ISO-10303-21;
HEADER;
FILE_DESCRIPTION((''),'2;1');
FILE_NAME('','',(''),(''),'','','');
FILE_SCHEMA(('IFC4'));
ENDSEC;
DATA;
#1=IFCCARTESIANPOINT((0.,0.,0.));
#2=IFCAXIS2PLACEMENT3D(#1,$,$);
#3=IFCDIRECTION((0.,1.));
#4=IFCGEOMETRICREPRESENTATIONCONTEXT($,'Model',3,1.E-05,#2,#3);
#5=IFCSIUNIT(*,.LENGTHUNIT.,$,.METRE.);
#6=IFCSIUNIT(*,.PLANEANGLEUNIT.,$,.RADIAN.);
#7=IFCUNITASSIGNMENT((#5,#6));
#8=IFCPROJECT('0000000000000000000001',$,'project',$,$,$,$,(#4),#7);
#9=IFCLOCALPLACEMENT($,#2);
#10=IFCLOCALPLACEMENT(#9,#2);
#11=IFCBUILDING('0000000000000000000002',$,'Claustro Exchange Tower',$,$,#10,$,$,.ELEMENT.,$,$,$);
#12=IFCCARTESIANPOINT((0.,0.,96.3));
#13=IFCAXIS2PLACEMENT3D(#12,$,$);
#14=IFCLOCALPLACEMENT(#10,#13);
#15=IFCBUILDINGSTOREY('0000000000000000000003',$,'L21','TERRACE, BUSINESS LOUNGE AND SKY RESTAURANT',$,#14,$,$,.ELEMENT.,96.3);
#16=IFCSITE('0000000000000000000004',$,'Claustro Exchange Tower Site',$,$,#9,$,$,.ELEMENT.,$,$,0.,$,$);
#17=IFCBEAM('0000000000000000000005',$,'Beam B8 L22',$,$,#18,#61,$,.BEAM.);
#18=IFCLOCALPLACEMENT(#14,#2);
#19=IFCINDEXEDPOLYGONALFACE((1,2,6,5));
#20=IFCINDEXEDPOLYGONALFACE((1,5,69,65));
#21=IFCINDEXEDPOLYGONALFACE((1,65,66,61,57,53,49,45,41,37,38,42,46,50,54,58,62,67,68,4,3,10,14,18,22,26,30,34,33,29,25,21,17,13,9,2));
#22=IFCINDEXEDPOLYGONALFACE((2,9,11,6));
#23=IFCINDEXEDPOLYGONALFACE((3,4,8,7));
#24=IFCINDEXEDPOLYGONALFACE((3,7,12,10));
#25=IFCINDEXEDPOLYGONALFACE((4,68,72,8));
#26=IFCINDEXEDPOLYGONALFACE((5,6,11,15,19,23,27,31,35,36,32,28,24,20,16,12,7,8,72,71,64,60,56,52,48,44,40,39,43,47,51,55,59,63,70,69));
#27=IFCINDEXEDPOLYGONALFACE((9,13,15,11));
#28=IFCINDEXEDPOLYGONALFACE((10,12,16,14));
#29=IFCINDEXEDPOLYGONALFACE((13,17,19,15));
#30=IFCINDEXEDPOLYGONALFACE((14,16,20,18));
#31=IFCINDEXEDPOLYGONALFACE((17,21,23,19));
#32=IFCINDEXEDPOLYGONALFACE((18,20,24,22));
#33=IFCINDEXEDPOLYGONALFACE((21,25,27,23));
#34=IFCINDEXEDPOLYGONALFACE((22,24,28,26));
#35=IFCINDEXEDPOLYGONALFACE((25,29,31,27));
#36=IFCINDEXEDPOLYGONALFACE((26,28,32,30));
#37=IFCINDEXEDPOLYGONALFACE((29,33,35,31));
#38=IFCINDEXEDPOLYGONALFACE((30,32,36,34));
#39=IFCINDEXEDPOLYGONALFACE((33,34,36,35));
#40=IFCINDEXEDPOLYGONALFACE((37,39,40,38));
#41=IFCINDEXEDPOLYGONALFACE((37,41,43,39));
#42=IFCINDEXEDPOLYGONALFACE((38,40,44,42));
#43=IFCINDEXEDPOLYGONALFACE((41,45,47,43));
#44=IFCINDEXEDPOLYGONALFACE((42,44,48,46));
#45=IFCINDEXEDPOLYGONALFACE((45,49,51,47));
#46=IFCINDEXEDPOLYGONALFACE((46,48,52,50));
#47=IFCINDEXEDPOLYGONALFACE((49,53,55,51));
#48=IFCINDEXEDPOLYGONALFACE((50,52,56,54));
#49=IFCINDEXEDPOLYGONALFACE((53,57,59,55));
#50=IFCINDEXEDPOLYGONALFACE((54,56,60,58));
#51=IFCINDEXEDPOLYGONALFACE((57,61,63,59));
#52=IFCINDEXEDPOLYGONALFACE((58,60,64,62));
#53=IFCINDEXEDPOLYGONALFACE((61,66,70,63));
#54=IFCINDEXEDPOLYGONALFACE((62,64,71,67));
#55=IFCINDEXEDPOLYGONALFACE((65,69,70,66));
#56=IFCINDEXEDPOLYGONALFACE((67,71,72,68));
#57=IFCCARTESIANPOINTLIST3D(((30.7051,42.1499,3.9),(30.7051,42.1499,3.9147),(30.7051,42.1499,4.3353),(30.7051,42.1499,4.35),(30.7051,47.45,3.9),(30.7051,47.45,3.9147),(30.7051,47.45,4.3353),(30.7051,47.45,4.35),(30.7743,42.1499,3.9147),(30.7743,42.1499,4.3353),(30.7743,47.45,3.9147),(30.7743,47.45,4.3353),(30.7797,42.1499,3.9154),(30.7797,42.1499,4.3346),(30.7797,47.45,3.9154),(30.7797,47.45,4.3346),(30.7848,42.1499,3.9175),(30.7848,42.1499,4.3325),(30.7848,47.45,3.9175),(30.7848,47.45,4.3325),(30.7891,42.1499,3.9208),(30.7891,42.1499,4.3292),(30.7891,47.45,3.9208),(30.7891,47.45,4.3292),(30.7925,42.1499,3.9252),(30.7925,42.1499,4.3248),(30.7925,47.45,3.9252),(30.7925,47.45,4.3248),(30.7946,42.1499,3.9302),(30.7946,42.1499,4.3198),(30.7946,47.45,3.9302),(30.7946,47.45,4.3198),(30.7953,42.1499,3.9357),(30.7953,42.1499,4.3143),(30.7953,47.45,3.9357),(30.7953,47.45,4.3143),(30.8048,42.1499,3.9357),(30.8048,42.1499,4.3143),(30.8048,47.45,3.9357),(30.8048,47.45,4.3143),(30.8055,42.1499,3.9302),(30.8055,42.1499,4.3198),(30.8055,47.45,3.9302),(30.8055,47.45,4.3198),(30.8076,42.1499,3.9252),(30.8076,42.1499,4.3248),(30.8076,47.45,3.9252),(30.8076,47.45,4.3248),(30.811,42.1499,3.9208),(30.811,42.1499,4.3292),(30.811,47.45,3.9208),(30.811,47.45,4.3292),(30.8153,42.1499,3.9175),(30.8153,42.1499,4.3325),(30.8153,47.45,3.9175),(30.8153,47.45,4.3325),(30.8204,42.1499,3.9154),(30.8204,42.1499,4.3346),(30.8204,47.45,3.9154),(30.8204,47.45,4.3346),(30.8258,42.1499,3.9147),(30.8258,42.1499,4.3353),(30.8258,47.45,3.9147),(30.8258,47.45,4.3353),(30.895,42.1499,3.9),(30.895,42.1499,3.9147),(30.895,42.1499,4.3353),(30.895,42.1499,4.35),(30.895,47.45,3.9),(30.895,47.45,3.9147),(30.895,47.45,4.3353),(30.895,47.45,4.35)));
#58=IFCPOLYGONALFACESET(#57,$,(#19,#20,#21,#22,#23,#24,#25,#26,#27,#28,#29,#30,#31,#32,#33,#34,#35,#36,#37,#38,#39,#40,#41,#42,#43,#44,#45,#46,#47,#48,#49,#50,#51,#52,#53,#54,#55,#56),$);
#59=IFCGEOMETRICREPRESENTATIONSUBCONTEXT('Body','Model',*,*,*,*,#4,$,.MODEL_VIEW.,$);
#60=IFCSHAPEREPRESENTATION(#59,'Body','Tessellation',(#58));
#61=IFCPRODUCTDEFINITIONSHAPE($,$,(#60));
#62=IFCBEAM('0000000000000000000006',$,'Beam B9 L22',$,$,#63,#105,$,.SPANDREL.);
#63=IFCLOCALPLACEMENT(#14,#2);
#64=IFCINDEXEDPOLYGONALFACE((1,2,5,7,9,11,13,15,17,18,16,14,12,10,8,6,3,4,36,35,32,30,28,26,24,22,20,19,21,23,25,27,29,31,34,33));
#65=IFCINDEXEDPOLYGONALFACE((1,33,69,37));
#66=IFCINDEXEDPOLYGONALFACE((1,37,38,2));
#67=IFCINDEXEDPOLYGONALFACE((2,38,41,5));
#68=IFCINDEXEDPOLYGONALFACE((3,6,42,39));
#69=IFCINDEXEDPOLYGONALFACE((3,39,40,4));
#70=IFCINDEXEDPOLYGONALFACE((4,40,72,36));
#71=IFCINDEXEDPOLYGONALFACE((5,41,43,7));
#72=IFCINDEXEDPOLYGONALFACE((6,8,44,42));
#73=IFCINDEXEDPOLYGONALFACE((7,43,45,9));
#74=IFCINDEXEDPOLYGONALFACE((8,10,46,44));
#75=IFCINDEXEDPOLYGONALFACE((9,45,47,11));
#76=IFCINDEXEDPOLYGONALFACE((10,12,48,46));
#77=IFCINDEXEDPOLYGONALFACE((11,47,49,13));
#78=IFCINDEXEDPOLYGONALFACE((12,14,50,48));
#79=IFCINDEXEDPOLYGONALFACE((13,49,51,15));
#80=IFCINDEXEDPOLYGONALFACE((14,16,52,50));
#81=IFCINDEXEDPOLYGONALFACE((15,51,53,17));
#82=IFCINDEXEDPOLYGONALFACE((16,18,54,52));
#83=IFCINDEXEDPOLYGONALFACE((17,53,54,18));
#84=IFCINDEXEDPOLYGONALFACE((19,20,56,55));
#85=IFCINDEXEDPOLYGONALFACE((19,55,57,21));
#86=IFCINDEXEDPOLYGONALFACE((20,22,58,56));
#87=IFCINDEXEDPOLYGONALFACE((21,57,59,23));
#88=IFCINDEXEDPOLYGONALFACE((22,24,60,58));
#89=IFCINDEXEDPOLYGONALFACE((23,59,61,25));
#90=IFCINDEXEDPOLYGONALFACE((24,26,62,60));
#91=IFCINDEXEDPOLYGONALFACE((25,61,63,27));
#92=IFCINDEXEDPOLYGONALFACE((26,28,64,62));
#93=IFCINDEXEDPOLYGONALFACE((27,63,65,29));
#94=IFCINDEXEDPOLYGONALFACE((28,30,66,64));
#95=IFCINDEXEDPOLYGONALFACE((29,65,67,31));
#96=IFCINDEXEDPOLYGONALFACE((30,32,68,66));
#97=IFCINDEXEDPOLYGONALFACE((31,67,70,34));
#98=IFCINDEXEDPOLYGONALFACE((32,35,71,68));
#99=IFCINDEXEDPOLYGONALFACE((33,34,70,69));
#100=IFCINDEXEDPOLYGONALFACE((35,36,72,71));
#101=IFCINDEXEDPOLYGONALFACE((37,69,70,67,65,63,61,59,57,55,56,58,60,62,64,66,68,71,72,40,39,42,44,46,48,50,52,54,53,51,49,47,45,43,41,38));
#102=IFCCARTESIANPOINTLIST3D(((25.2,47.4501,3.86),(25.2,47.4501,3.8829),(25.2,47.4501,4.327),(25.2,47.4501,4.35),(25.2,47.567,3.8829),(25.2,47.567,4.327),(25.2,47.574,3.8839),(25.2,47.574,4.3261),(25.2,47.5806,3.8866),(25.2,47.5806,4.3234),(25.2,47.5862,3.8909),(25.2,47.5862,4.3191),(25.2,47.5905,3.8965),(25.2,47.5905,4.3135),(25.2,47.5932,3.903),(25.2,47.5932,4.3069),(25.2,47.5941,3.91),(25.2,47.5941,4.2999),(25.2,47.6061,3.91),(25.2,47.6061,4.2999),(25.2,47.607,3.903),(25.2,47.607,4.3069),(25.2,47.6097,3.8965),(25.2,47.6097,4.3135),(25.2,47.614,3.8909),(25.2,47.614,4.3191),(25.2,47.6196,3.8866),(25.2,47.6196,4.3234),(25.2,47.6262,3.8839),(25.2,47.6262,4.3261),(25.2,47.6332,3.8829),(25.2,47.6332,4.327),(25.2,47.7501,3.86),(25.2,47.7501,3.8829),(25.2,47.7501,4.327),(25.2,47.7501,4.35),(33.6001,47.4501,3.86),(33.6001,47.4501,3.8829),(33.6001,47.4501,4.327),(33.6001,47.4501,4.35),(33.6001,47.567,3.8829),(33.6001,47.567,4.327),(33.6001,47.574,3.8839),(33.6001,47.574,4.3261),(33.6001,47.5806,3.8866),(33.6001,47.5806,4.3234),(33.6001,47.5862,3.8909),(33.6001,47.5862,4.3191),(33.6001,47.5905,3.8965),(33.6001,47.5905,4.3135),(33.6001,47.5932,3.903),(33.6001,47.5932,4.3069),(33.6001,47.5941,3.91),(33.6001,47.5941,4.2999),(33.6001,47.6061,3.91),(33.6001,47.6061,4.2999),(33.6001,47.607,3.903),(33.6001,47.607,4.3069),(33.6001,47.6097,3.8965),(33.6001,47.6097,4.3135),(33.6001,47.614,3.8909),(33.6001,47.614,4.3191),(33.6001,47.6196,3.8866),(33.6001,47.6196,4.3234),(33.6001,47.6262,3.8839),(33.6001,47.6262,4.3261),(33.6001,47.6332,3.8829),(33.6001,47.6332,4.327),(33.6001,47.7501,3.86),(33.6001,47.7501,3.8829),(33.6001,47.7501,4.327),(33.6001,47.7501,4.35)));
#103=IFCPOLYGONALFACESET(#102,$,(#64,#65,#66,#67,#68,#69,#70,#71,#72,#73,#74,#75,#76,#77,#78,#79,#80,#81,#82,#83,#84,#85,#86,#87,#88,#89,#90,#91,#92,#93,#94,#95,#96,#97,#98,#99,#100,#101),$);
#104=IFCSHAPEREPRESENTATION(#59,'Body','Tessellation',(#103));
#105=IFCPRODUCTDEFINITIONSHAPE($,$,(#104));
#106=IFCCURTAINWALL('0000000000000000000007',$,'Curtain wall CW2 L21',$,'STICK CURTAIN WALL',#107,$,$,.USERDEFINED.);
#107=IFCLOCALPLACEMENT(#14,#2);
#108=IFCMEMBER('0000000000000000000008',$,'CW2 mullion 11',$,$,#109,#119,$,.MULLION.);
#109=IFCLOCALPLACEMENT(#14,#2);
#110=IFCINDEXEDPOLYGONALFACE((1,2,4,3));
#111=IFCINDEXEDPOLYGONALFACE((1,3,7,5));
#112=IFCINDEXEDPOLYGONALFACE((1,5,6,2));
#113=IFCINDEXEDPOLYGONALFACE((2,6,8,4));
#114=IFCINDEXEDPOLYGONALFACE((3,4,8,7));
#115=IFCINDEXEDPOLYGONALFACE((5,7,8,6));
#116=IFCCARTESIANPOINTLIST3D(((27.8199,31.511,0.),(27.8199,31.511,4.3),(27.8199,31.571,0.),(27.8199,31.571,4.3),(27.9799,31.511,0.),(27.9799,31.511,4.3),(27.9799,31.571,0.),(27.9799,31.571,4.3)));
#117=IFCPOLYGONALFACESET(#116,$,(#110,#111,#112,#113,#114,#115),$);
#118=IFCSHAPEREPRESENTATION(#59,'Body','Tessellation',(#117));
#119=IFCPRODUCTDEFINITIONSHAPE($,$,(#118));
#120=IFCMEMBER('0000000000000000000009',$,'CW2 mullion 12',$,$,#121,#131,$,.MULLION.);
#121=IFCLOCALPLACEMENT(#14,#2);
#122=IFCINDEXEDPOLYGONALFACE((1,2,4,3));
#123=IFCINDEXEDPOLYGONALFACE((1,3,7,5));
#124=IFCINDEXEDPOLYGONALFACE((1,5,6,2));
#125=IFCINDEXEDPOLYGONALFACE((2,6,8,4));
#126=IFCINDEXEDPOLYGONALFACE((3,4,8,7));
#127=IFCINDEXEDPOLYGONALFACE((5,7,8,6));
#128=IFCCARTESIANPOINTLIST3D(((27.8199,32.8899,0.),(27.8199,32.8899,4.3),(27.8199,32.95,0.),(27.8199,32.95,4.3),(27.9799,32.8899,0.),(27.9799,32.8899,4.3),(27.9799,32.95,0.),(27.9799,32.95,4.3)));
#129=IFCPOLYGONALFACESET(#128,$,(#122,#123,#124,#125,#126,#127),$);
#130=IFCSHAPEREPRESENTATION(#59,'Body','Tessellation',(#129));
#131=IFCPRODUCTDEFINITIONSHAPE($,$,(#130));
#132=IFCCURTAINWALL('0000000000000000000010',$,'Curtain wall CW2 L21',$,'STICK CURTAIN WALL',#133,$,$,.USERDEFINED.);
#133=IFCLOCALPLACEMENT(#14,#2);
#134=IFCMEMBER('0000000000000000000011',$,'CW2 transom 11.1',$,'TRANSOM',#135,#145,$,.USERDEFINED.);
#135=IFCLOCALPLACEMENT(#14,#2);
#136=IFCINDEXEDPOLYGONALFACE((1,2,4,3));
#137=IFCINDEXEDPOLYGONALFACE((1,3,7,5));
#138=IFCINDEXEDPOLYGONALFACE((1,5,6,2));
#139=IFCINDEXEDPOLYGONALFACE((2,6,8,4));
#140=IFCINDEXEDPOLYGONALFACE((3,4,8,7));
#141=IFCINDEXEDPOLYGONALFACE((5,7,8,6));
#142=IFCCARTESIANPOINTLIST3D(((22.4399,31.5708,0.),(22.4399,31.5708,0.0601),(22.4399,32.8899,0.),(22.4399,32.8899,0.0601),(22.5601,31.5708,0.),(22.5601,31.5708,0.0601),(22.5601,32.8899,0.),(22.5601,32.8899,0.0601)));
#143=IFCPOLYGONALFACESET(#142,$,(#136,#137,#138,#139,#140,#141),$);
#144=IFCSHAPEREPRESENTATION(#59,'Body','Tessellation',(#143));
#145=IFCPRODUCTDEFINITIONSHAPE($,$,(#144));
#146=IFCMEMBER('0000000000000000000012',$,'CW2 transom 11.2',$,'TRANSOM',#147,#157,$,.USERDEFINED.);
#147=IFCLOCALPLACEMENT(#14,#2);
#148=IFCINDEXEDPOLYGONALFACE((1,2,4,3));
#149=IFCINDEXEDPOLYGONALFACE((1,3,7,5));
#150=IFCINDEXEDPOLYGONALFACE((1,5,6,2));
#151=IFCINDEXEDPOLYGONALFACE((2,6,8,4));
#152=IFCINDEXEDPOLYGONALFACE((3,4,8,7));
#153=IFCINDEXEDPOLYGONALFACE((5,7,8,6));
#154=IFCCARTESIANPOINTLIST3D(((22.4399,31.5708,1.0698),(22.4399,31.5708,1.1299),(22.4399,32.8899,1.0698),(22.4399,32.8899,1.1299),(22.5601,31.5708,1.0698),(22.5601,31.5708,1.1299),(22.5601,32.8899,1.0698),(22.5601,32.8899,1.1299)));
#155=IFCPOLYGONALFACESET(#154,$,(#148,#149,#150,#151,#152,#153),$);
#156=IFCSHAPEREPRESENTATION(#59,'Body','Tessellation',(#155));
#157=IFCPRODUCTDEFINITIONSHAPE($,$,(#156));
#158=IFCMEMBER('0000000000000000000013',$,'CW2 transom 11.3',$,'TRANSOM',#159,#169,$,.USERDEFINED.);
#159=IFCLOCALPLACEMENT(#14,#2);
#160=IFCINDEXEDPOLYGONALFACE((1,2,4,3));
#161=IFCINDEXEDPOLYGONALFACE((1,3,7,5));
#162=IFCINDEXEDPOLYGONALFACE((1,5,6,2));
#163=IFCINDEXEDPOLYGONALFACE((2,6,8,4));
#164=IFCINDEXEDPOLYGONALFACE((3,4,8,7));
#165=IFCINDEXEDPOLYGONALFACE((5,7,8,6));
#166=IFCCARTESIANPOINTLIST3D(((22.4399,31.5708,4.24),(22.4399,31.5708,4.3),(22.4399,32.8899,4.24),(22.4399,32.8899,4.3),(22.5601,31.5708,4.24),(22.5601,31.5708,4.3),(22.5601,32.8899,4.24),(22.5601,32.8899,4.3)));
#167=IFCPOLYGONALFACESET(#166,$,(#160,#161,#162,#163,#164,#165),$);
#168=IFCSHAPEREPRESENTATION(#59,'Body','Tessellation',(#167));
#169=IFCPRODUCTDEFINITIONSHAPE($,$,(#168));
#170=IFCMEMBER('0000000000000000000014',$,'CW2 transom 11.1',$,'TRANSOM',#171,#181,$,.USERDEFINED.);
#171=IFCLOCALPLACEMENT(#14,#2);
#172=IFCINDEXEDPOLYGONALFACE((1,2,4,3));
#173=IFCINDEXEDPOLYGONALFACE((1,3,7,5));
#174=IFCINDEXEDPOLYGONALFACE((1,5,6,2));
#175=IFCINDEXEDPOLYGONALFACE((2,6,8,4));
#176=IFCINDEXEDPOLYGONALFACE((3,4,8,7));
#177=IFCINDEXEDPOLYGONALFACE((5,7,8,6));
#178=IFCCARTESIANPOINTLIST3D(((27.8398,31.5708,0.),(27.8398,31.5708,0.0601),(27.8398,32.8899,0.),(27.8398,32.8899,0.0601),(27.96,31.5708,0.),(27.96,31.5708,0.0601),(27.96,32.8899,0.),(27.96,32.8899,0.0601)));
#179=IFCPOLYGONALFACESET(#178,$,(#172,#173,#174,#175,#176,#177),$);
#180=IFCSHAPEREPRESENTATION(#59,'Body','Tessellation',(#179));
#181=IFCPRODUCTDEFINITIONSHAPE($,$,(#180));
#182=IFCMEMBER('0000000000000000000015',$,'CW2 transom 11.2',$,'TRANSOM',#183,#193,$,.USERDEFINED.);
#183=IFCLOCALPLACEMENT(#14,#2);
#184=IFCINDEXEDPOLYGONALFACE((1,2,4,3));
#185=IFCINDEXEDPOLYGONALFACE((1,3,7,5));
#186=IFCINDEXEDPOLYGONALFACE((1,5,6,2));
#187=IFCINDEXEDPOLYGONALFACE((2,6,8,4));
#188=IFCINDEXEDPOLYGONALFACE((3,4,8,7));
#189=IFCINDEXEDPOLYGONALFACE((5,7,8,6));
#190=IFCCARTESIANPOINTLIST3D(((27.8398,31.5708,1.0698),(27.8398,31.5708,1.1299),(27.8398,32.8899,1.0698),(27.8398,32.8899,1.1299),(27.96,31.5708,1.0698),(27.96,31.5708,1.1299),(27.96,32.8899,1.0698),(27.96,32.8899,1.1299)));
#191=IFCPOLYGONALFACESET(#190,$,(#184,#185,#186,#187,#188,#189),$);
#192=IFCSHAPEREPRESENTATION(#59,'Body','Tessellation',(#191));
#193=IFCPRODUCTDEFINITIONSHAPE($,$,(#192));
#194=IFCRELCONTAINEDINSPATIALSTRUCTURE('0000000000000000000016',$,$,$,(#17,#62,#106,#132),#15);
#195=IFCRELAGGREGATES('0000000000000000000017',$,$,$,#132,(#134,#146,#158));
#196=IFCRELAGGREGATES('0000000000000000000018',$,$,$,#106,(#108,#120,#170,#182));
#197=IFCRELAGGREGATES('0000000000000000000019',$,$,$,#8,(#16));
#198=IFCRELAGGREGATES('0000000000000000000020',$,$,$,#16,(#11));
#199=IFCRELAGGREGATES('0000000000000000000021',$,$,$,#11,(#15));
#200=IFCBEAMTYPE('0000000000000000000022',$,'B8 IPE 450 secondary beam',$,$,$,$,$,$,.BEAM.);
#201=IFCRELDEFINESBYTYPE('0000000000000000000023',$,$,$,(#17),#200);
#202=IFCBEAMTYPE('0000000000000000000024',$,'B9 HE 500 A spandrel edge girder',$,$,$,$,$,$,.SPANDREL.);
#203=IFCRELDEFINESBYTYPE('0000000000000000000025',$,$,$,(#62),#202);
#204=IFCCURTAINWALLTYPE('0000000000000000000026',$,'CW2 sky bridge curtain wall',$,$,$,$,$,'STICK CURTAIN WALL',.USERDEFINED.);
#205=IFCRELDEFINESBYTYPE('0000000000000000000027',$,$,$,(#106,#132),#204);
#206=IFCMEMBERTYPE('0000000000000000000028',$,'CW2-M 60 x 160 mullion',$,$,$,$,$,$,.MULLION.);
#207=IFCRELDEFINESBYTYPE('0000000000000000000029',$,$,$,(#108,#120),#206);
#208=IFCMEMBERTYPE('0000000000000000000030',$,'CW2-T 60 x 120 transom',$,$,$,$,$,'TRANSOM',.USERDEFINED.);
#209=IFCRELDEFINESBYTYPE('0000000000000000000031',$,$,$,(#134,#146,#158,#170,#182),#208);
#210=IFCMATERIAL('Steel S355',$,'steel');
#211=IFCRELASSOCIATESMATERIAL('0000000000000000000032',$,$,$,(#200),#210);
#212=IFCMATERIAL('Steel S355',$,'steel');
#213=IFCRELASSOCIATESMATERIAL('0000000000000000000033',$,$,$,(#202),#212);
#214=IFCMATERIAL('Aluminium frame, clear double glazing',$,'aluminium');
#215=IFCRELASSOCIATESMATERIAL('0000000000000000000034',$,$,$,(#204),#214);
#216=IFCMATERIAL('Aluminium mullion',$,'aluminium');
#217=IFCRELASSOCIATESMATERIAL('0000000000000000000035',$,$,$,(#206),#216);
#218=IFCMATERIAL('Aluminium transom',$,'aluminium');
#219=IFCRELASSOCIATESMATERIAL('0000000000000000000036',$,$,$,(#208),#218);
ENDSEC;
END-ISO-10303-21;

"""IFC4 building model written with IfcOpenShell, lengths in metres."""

from ifc_helpers import new_model, si_unit, direction, frame, origin, origin_2d, place, context, subcontext, project, spatial, rectangle, i_section, extrude, material, material_profile, profile_set, type_object, element, aggregate, save


model = new_model("IFC4")

# Units and contexts
model_context = context("Model", 3, precision=1e-05, world=origin(), true_north=direction((0.0, 1.0)))
body_context = subcontext(model_context, "Body", "Model", "MODEL_VIEW")
ifc_project = project(units=[si_unit("LENGTHUNIT", "METRE"), si_unit("PLANEANGLEUNIT", "RADIAN")], contexts=[model_context])

# Site, building, storey
site_placement = place(None, origin())
site = spatial("IfcSite", under=ifc_project, at=site_placement, Name="Claustro Exchange Tower Site", CompositionType="ELEMENT", RefElevation=0.0)
building_placement = place(site_placement, origin())
building = spatial("IfcBuilding", under=site, at=building_placement, Name="Claustro Exchange Tower", CompositionType="ELEMENT")
storey_placement = place(building_placement, frame((0.0, 0.0, 96.3)))
storey = spatial("IfcBuildingStorey", under=building, at=storey_placement, Name="L21", Description="TERRACE, BUSINESS LOUNGE AND SKY RESTAURANT", CompositionType="ELEMENT", Elevation=96.3)

# Beams
ifc_material_1 = material(Name="Steel S355", Category="steel")
ifc_material_profile_1 = material_profile(ifc_material_1, i_section(OverallWidth=0.1899, OverallDepth=0.45, WebThickness=0.0095, FlangeThickness=0.0146, FilletRadius=0.021, at=origin_2d()), Name="IPE 450")
ifc_profile_set_1 = profile_set([ifc_material_profile_1], Name="Steel S355")
beam_type_1 = type_object("IfcBeamType", Name="B8 IPE 450 secondary beam", PredefinedType="BEAM", material=ifc_profile_set_1)
for number, where, z_axis, x_axis, name in (
    (1, (30.8, 42.1499, 4.125), (0.0, 1.0, 0.0), (-1.0, 0.0, 0.0), "Beam B8 L22"),
):
    element("IfcBeam", number, at=place(storey_placement, frame(where, z_axis=z_axis, x_axis=x_axis)), inside=storey, type_object=beam_type_1, Name=name, PredefinedType="BEAM", context=body_context, shape_type="SweptSolid", body=[
        extrude(i_section(OverallWidth=0.1899, OverallDepth=0.45, WebThickness=0.0095, FlangeThickness=0.0146, FilletRadius=0.021, at=origin_2d()), origin(), (0.0, 0.0, 1.0), 5.3),
    ])
ifc_material_2 = material(Name="Steel S355", Category="steel")
ifc_material_profile_2 = material_profile(ifc_material_2, i_section(OverallWidth=0.3, OverallDepth=0.49, WebThickness=0.012, FlangeThickness=0.0229, FilletRadius=0.0271, at=origin_2d()), Name="HE 500 A")
ifc_profile_set_2 = profile_set([ifc_material_profile_2], Name="Steel S355")
beam_type_2 = type_object("IfcBeamType", Name="B9 HE 500 A spandrel edge girder", PredefinedType="SPANDREL", material=ifc_profile_set_2)
beam_1_placement = place(storey_placement, frame((25.2, 47.6001, 4.105), z_axis=(1.0, 0.0, 0.0), x_axis=(0.0, 1.0, 0.0)))
element("IfcBeam", 2, at=beam_1_placement, inside=storey, type_object=beam_type_2, Name="Beam B9 L22", PredefinedType="SPANDREL", context=body_context, shape_type="SweptSolid", body=[
    extrude(i_section(OverallWidth=0.3, OverallDepth=0.49, WebThickness=0.012, FlangeThickness=0.0229, FilletRadius=0.0271, at=origin_2d()), origin(), (0.0, 0.0, 1.0), 8.4001),
])

# Curtain walls, members
ifc_material_3 = material(Name="Aluminium frame, clear double glazing", Category="aluminium")
curtain_wall_type = type_object("IfcCurtainWallType", Name="CW2 sky bridge curtain wall", ElementType="STICK CURTAIN WALL", PredefinedType="USERDEFINED", material=ifc_material_3)
curtain_wall_1_placement = place(storey_placement, origin())
curtain_wall_1 = element("IfcCurtainWall", 3, at=curtain_wall_1_placement, inside=storey, type_object=curtain_wall_type, Name="Curtain wall CW2 L21", ObjectType="STICK CURTAIN WALL", PredefinedType="USERDEFINED")
ifc_material_4 = material(Name="Aluminium mullion", Category="aluminium")
ifc_material_profile_3 = material_profile(ifc_material_4, rectangle(XDim=0.1599, YDim=0.0601, at=origin_2d()), Name="CW2-M 60x160")
ifc_profile_set_3 = profile_set([ifc_material_profile_3], Name="Aluminium mullion")
member_type_1 = type_object("IfcMemberType", Name="CW2-M 60 x 160 mullion", PredefinedType="MULLION", material=ifc_profile_set_3)
member_1_placement = place(storey_placement, frame((27.8999, 31.541, 0.0), z_axis=(0.0, 0.0, 1.0), x_axis=(-1.0, 0.0, 0.0)))
member_1 = element("IfcMember", 4, at=member_1_placement, type_object=member_type_1, Name="CW2 mullion 11", PredefinedType="MULLION", context=body_context, shape_type="SweptSolid", body=[
    extrude(rectangle(XDim=0.1599, YDim=0.0601, at=origin_2d()), origin(), (0.0, 0.0, 1.0), 4.3),
])
member_2_placement = place(storey_placement, frame((27.8999, 32.9199, 0.0), z_axis=(0.0, 0.0, 1.0), x_axis=(-1.0, 0.0, 0.0)))
member_2 = element("IfcMember", 5, at=member_2_placement, type_object=member_type_1, Name="CW2 mullion 12", PredefinedType="MULLION", context=body_context, shape_type="SweptSolid", body=[
    extrude(rectangle(XDim=0.1599, YDim=0.0601, at=origin_2d()), origin(), (0.0, 0.0, 1.0), 4.3),
])
curtain_wall_2_placement = place(storey_placement, origin())
curtain_wall_2 = element("IfcCurtainWall", 6, at=curtain_wall_2_placement, inside=storey, type_object=curtain_wall_type, Name="Curtain wall CW2 L21", ObjectType="STICK CURTAIN WALL", PredefinedType="USERDEFINED")
ifc_material_5 = material(Name="Aluminium transom", Category="aluminium")
ifc_material_profile_4 = material_profile(ifc_material_5, rectangle(XDim=0.1201, YDim=0.0601, at=origin_2d()), Name="CW2-T 60x120")
ifc_profile_set_4 = profile_set([ifc_material_profile_4], Name="Aluminium transom")
member_type_2 = type_object("IfcMemberType", Name="CW2-T 60 x 120 transom", ElementType="TRANSOM", PredefinedType="USERDEFINED", material=ifc_profile_set_4)
member_3_placement = place(storey_placement, frame((22.5, 31.5708, 0.03), z_axis=(0.0, 1.0, 0.0), x_axis=(-1.0, 0.0, 0.0)))
member_3 = element("IfcMember", 7, at=member_3_placement, type_object=member_type_2, Name="CW2 transom 11.1", ObjectType="TRANSOM", PredefinedType="USERDEFINED", context=body_context, shape_type="SweptSolid", body=[
    extrude(rectangle(XDim=0.1201, YDim=0.0601, at=origin_2d()), origin(), (0.0, 0.0, 1.0), 1.3191),
])
member_4_placement = place(storey_placement, frame((22.5, 31.5708, 1.0999), z_axis=(0.0, 1.0, 0.0), x_axis=(-1.0, 0.0, 0.0)))
member_4 = element("IfcMember", 8, at=member_4_placement, type_object=member_type_2, Name="CW2 transom 11.2", ObjectType="TRANSOM", PredefinedType="USERDEFINED", context=body_context, shape_type="SweptSolid", body=[
    extrude(rectangle(XDim=0.1201, YDim=0.0601, at=origin_2d()), origin(), (0.0, 0.0, 1.0), 1.3191),
])
member_5_placement = place(storey_placement, frame((22.5, 31.5708, 4.27), z_axis=(0.0, 1.0, 0.0), x_axis=(-1.0, 0.0, 0.0)))
member_5 = element("IfcMember", 9, at=member_5_placement, type_object=member_type_2, Name="CW2 transom 11.3", ObjectType="TRANSOM", PredefinedType="USERDEFINED", context=body_context, shape_type="SweptSolid", body=[
    extrude(rectangle(XDim=0.1201, YDim=0.0601, at=origin_2d()), origin(), (0.0, 0.0, 1.0), 1.3191),
])

# Members
member_6_placement = place(storey_placement, frame((27.8999, 31.5708, 0.03), z_axis=(0.0, 1.0, 0.0), x_axis=(-1.0, 0.0, 0.0)))
member_6 = element("IfcMember", 10, at=member_6_placement, type_object=member_type_2, Name="CW2 transom 11.1", ObjectType="TRANSOM", PredefinedType="USERDEFINED", context=body_context, shape_type="SweptSolid", body=[
    extrude(rectangle(XDim=0.1201, YDim=0.0601, at=origin_2d()), origin(), (0.0, 0.0, 1.0), 1.3191),
])
member_7_placement = place(storey_placement, frame((27.8999, 31.5708, 1.0999), z_axis=(0.0, 1.0, 0.0), x_axis=(-1.0, 0.0, 0.0)))
member_7 = element("IfcMember", 11, at=member_7_placement, type_object=member_type_2, Name="CW2 transom 11.2", ObjectType="TRANSOM", PredefinedType="USERDEFINED", context=body_context, shape_type="SweptSolid", body=[
    extrude(rectangle(XDim=0.1201, YDim=0.0601, at=origin_2d()), origin(), (0.0, 0.0, 1.0), 1.3191),
])

aggregate(curtain_wall_2, [member_3, member_4, member_5])
aggregate(curtain_wall_1, [member_1, member_2, member_6, member_7])

save(model, "model.ifc")
